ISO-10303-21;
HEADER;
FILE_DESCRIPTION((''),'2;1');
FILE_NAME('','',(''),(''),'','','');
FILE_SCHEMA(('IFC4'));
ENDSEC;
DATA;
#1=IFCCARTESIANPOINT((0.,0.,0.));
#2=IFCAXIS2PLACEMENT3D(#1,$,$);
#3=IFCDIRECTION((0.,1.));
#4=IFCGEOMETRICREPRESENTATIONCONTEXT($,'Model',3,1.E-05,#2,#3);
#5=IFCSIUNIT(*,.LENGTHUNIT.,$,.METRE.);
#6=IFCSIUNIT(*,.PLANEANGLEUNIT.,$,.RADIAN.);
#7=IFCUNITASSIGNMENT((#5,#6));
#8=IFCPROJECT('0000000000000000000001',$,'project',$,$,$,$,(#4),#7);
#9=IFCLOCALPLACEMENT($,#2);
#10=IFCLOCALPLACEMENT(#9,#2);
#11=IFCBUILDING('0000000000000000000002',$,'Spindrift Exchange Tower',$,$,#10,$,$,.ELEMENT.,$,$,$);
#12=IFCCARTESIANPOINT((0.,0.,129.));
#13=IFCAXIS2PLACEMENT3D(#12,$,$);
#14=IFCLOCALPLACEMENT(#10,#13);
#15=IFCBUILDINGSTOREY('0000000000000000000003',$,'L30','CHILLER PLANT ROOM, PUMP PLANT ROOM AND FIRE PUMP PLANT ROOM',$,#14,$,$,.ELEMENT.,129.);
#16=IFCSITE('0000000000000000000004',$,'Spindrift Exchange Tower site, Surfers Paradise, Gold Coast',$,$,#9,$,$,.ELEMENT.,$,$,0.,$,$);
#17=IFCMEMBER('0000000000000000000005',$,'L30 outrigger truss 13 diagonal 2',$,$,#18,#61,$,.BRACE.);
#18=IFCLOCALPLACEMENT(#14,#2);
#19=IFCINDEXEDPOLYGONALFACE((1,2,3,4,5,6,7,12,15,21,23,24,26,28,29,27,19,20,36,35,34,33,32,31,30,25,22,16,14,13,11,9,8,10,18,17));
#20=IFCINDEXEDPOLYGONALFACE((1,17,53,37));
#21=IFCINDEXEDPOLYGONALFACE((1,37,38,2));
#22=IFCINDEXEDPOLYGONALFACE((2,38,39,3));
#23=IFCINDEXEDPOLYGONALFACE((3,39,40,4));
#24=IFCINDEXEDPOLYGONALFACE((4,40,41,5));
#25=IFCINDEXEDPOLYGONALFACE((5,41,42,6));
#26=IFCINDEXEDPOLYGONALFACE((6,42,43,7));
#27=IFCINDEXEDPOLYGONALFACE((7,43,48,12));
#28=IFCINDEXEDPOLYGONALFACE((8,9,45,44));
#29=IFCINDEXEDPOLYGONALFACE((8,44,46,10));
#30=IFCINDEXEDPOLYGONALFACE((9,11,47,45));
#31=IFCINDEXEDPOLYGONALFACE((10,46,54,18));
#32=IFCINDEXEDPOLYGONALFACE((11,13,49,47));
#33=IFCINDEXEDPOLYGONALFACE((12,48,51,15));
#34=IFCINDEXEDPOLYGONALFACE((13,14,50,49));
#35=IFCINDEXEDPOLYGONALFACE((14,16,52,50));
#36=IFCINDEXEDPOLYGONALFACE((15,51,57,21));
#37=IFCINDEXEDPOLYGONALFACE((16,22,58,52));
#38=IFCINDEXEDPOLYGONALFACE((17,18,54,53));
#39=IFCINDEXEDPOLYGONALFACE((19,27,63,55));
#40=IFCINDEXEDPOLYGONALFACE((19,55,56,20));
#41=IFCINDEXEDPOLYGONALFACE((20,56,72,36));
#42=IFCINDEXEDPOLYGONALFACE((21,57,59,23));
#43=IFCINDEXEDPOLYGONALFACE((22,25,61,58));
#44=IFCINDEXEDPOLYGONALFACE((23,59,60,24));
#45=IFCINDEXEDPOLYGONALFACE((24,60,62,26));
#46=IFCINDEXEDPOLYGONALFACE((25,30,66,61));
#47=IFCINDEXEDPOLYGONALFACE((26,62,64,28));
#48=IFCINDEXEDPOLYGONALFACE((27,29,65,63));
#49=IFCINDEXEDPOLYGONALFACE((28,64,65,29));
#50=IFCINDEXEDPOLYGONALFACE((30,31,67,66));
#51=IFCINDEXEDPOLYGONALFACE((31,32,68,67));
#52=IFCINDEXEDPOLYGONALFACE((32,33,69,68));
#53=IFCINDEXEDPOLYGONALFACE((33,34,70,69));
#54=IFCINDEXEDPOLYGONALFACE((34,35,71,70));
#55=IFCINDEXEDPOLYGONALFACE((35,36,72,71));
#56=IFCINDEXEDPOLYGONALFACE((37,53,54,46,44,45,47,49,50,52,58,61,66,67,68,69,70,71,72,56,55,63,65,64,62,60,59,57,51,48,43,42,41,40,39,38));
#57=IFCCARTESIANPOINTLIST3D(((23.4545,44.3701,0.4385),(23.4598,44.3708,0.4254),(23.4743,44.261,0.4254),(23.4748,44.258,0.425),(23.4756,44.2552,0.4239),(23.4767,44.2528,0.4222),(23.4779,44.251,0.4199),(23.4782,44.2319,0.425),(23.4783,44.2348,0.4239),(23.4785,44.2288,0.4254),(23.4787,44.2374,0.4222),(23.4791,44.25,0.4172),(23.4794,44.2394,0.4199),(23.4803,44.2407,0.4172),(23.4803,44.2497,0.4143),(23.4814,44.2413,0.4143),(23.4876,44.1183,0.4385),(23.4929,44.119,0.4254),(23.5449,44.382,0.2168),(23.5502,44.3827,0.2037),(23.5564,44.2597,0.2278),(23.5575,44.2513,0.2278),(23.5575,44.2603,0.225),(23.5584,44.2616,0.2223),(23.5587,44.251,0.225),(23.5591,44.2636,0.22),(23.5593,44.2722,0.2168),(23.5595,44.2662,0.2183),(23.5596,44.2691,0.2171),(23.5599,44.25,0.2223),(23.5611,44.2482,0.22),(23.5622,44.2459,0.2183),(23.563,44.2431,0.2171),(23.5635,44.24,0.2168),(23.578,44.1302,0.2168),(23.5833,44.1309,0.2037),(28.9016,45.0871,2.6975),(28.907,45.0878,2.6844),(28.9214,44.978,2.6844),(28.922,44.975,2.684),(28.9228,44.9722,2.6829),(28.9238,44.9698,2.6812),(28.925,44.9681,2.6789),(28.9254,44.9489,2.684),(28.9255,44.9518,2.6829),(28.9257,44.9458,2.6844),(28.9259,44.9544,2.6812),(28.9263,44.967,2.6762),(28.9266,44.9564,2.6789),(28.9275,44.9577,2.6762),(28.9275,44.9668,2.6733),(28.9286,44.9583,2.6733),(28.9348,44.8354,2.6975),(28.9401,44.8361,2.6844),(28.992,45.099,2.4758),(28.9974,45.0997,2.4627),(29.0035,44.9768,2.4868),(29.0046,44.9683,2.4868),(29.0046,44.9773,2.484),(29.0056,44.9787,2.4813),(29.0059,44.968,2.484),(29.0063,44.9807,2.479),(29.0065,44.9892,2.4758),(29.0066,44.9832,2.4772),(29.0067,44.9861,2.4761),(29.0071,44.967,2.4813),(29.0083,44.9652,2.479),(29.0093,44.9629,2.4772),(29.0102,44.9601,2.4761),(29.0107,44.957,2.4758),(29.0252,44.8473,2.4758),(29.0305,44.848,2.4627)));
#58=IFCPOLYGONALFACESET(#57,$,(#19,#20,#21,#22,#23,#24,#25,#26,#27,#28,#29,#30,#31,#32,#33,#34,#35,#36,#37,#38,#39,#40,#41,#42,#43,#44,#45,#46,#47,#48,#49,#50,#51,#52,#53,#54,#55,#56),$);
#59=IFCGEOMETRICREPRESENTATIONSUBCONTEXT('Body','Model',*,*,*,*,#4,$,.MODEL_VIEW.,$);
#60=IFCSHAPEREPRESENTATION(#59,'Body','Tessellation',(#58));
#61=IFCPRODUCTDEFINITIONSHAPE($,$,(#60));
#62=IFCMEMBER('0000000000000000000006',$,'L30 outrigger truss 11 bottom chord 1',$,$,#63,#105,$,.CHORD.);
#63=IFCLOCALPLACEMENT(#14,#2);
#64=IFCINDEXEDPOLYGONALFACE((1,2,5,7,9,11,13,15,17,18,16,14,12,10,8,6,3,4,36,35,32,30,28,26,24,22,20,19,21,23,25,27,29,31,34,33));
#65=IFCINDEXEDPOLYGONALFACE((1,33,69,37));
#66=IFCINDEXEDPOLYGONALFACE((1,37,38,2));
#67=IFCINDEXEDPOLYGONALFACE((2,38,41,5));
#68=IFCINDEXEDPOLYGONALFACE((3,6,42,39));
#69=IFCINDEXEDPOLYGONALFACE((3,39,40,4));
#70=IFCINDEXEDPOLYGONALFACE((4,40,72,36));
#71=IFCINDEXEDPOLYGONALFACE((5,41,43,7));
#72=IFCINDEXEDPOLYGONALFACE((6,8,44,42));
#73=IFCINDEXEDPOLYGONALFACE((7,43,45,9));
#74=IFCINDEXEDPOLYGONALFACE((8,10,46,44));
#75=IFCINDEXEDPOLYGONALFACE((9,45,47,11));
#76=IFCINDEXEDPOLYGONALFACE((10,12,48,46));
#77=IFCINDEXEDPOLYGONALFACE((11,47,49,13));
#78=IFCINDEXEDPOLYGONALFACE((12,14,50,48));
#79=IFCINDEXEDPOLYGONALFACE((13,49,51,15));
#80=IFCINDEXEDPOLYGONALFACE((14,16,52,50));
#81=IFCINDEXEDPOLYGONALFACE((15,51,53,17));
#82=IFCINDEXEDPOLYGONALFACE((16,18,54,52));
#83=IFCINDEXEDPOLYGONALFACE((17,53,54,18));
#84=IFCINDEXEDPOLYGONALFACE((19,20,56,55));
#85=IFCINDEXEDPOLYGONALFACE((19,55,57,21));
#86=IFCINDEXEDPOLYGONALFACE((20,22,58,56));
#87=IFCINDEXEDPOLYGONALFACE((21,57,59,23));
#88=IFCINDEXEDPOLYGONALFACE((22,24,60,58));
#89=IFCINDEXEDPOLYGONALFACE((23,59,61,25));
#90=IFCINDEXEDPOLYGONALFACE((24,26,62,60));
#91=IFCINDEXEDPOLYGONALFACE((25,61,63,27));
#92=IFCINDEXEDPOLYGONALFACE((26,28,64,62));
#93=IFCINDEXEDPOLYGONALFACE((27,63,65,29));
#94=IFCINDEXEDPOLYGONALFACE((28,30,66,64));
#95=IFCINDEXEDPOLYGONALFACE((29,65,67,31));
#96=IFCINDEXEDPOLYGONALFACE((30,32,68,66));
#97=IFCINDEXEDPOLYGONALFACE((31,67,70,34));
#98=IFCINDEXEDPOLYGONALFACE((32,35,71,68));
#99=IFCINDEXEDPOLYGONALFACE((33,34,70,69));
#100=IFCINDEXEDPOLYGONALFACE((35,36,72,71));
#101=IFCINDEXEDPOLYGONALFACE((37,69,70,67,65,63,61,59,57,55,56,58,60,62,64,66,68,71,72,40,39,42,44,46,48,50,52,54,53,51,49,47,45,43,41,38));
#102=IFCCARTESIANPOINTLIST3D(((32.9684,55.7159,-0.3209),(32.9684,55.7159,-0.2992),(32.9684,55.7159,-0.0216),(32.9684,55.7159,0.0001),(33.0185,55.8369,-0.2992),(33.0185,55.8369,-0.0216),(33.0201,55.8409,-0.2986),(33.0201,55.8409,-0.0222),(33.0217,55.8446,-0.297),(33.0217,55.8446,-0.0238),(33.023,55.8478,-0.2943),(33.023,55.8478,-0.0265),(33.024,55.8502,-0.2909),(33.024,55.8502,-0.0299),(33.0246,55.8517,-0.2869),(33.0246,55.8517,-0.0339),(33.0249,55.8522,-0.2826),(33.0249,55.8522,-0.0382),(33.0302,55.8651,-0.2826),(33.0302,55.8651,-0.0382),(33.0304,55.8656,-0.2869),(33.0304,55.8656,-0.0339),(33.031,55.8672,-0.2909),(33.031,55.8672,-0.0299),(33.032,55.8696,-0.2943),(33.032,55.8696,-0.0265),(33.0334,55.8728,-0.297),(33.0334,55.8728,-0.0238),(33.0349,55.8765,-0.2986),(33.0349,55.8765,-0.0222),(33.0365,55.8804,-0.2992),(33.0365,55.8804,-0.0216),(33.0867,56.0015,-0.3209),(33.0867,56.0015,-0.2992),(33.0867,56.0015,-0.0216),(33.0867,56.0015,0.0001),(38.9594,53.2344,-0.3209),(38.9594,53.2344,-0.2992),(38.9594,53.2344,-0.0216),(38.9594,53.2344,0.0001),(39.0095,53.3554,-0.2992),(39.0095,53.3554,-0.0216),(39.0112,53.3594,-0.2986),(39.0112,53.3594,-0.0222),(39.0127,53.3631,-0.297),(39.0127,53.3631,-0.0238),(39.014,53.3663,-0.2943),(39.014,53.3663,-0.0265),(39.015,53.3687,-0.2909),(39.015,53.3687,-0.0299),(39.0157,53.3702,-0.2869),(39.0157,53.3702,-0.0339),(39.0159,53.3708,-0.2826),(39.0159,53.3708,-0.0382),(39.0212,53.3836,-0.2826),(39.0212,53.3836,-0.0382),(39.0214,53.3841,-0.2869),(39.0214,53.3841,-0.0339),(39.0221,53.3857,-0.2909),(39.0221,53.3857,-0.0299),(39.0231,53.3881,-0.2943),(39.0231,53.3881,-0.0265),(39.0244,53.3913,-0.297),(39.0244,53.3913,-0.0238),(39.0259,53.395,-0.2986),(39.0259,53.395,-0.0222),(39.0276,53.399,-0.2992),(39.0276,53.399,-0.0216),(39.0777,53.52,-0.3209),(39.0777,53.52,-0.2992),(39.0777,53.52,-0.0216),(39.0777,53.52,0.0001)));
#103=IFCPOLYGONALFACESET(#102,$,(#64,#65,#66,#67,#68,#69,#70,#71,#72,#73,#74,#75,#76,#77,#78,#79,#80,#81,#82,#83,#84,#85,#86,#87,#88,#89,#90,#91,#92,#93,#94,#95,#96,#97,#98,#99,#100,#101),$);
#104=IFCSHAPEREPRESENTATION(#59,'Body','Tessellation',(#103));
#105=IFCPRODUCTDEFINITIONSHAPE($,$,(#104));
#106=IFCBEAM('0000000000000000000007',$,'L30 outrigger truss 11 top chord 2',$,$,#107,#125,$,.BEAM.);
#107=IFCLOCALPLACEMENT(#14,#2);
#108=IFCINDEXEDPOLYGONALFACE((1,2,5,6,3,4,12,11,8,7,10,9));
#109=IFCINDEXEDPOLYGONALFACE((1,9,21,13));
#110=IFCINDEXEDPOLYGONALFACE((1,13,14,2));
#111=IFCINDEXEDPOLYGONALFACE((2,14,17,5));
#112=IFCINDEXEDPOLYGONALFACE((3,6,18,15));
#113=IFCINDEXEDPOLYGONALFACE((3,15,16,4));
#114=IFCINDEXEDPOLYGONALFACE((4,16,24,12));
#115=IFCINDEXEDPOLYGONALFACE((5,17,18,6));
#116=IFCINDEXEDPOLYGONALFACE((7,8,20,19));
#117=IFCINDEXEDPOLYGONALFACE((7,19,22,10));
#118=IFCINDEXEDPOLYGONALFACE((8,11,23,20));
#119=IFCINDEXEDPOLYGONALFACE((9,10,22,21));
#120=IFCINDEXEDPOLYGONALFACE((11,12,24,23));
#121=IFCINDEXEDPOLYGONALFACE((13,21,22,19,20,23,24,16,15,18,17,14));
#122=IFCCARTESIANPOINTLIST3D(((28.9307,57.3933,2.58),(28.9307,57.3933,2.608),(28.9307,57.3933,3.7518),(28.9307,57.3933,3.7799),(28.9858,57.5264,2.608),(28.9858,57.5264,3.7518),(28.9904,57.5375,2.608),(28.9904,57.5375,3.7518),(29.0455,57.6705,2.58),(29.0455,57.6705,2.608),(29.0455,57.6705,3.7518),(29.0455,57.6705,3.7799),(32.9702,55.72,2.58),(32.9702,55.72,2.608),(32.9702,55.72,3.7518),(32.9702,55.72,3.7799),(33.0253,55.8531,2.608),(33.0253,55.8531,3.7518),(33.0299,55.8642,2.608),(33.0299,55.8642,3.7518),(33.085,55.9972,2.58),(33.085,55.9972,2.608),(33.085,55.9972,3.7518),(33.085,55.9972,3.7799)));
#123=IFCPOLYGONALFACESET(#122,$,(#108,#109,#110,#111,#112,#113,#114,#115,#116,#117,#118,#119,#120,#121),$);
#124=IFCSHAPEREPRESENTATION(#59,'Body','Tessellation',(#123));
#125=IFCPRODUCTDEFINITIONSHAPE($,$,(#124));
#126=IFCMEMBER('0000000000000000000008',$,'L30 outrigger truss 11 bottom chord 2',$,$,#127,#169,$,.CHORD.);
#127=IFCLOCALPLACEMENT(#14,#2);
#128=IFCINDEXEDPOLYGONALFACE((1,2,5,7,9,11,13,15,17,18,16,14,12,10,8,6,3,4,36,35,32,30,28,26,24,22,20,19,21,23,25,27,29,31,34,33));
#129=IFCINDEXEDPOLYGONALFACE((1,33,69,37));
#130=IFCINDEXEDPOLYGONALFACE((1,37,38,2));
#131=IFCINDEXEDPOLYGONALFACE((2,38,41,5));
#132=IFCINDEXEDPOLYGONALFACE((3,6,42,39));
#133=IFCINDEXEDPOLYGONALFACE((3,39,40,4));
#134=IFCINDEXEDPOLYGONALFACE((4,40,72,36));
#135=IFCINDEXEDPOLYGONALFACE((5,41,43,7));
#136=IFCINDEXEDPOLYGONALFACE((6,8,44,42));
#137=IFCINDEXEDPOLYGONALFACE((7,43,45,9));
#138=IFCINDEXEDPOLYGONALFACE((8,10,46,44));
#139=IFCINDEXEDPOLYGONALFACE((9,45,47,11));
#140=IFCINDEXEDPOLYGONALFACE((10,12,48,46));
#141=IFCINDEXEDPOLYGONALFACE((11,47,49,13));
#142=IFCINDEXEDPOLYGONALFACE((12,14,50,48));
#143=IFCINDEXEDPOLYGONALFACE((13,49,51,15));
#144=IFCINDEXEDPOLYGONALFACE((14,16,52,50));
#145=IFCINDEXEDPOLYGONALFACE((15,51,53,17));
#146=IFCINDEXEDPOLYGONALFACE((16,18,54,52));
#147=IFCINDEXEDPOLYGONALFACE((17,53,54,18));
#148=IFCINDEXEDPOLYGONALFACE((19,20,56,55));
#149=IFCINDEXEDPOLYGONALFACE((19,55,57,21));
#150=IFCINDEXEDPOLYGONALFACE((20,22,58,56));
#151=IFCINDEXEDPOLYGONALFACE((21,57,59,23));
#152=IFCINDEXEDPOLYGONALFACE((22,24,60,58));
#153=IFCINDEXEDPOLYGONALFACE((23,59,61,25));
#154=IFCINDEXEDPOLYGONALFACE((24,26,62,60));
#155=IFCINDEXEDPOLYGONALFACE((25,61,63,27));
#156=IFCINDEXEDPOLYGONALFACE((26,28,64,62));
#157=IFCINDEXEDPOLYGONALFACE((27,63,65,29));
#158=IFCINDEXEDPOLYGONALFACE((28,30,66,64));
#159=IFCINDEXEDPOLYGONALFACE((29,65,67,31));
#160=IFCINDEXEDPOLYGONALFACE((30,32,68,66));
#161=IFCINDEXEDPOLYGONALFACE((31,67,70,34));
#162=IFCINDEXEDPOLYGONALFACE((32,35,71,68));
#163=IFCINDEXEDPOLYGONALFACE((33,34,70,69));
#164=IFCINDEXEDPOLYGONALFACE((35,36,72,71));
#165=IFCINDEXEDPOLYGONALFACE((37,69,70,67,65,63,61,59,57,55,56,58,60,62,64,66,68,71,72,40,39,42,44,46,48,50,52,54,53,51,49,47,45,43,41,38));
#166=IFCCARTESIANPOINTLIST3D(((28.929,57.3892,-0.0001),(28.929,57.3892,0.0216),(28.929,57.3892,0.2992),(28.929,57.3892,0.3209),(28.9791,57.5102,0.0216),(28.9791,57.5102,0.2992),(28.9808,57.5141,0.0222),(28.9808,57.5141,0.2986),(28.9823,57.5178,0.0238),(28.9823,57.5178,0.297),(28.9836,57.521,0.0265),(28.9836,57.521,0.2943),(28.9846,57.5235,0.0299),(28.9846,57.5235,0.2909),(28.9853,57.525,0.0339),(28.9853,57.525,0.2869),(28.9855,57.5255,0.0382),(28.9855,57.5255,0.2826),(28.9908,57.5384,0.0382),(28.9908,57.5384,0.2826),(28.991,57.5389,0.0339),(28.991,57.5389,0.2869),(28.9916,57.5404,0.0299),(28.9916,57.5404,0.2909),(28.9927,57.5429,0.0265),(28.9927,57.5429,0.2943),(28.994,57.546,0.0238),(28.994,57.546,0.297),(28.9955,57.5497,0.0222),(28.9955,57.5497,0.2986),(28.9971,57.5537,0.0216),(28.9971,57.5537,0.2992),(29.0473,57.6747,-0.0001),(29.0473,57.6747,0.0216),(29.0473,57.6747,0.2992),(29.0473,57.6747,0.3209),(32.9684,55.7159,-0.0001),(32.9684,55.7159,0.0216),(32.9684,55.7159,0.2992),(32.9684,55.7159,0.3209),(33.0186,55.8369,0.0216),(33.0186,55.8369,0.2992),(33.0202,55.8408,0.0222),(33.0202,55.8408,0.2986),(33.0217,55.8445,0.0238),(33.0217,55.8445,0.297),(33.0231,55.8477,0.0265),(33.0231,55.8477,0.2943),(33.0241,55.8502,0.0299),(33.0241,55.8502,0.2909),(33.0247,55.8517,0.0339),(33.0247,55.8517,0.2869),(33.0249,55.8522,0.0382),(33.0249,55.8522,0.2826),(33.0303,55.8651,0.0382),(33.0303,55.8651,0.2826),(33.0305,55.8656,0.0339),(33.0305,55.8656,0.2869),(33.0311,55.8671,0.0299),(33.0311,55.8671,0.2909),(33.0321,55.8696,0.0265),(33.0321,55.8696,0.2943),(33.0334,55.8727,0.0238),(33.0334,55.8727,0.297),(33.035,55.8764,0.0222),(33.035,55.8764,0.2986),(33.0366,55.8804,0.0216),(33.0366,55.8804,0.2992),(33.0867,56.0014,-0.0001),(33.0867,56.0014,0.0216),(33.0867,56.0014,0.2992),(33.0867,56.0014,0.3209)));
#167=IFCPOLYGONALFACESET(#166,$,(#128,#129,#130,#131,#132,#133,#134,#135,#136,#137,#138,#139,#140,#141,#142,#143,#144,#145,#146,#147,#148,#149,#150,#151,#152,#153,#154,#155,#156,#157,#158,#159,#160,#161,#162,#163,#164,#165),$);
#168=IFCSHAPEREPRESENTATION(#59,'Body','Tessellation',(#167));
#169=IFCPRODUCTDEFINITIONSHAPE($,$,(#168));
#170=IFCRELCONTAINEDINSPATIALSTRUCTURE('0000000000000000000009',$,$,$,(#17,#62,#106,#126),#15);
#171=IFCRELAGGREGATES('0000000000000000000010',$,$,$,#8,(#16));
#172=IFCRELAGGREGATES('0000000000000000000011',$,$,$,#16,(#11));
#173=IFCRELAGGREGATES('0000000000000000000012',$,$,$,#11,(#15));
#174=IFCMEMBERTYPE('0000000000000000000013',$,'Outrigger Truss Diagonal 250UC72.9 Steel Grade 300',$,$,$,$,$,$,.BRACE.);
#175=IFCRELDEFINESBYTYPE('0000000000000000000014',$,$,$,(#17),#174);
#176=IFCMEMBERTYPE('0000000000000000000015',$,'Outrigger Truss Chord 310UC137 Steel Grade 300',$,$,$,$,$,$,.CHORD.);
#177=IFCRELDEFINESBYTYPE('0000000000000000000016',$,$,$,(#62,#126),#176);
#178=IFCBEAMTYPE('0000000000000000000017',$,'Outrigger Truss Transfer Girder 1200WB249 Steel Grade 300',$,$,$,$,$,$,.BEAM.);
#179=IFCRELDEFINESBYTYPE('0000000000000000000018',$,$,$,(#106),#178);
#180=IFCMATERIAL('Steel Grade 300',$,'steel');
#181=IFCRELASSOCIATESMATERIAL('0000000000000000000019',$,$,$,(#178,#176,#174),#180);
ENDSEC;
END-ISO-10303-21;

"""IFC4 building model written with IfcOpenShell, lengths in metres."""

from ifc_helpers import new_model, si_unit, direction, frame, origin, origin_2d, place, context, subcontext, project, spatial, i_section, extrude, source, transform, mapped, material, material_profile, profile_set, type_object, element, save


model = new_model("IFC4")

# Units and contexts
model_context = context("Model", 3, precision=1e-05, world=origin(), true_north=direction((0.0, 1.0)))
body_context = subcontext(model_context, "Body", "Model", "MODEL_VIEW")
ifc_project = project(units=[si_unit("LENGTHUNIT", "METRE"), si_unit("PLANEANGLEUNIT", "RADIAN")], contexts=[model_context])

# Site, building, storey
site_placement = place(None, origin())
site = spatial("IfcSite", under=ifc_project, at=site_placement, Name="Spindrift Exchange Tower site, Surfers Paradise, Gold Coast", CompositionType="ELEMENT", RefElevation=0.0)
building_placement = place(site_placement, origin())
building = spatial("IfcBuilding", under=site, at=building_placement, Name="Spindrift Exchange Tower", CompositionType="ELEMENT")
storey_placement = place(building_placement, frame((0.0, 0.0, 129.0)))
storey = spatial("IfcBuildingStorey", under=building, at=storey_placement, Name="L30", Description="CHILLER PLANT ROOM, PUMP PLANT ROOM AND FIRE PUMP PLANT ROOM", CompositionType="ELEMENT", Elevation=129.0)

# Shared definitions
ifc_material_1 = material(Name="Steel Grade 300", Category="steel")
ifc_material_profile_1 = material_profile(ifc_material_1, i_section(OverallWidth=0.3, OverallDepth=1.2, WebThickness=0.012, FlangeThickness=0.0281, at=origin_2d()), Name="1200WB249")
ifc_profile_set_1 = profile_set([ifc_material_profile_1], Name="Steel Grade 300")
beam_type = type_object("IfcBeamType", Name="Outrigger Truss Transfer Girder 1200WB249 Steel Grade 300", PredefinedType="BEAM", material=ifc_profile_set_1)

# Members
ifc_material_profile_2 = material_profile(ifc_material_1, i_section(OverallWidth=0.3091, OverallDepth=0.321, WebThickness=0.0139, FlangeThickness=0.0217, FilletRadius=0.0166, at=origin_2d()), Name="310UC137")
ifc_profile_set_2 = profile_set([ifc_material_profile_2], Name="Steel Grade 300")
member_type_1 = type_object("IfcMemberType", Name="Outrigger Truss Chord 310UC137 Steel Grade 300", PredefinedType="CHORD", material=ifc_profile_set_2)
ifc_material_profile_3 = material_profile(ifc_material_1, i_section(OverallWidth=0.2539, OverallDepth=0.2539, WebThickness=0.0085, FlangeThickness=0.0142, FilletRadius=0.012, at=origin_2d()), Name="250UC72.9")
ifc_profile_set_3 = profile_set([ifc_material_profile_3], Name="Steel Grade 300")
member_type_2 = type_object("IfcMemberType", Name="Outrigger Truss Diagonal 250UC72.9 Steel Grade 300", PredefinedType="BRACE", material=ifc_profile_set_3)
shared_shape_1 = source(origin(), body_context, "Body", "SweptSolid", [
    extrude(i_section(OverallWidth=0.2539, OverallDepth=0.2539, WebThickness=0.0085, FlangeThickness=0.0142, FilletRadius=0.012, at=origin_2d()), origin(), (0.0, 0.0, 1.0), 5.9404),
])
member_1_placement = place(storey_placement, frame((28.9661, 44.9675, 2.5801), z_axis=(-0.916964, -0.120703, -0.380274), x_axis=(0.130507, -0.991447, 0.0)))
element("IfcMember", 1, at=member_1_placement, inside=storey, type_object=member_type_2, Name="L30 outrigger truss 13 diagonal 2", PredefinedType="BRACE", context=body_context, shape_type="MappedRepresentation", body=[
    mapped(shared_shape_1, transform((0.0, 0.0, 0.0), scale=1.0)),
])
shared_shape_2 = source(origin(), body_context, "Body", "SweptSolid", [
    extrude(i_section(OverallWidth=0.3091, OverallDepth=0.321, WebThickness=0.0139, FlangeThickness=0.0217, FilletRadius=0.0166, at=origin_2d()), origin(), (0.0, 0.0, 1.0), 6.4846),
])
member_2_placement = place(storey_placement, frame((39.0186, 53.3772, -0.1604), z_axis=(-0.923885, 0.382671, 0.0), x_axis=(-0.382671, -0.923885, 0.0)))
element("IfcMember", 2, at=member_2_placement, inside=storey, type_object=member_type_1, Name="L30 outrigger truss 11 bottom chord 1", PredefinedType="CHORD", context=body_context, shape_type="MappedRepresentation", body=[
    mapped(shared_shape_2, transform((0.0, 0.0, 0.0), scale=1.0)),
])

# Beam
shared_shape_3 = source(origin(), body_context, "Body", "SweptSolid", [
    extrude(i_section(OverallWidth=0.3, OverallDepth=1.2, WebThickness=0.012, FlangeThickness=0.0281, at=origin_2d()), origin(), (0.0, 0.0, 1.0), 4.3723),
])
beam_1_placement = place(storey_placement, frame((33.0276, 55.8586, 3.1799), z_axis=(-0.923871, 0.382704, 0.0), x_axis=(-0.382704, -0.923871, 0.0)))
element("IfcBeam", 3, at=beam_1_placement, inside=storey, type_object=beam_type, Name="L30 outrigger truss 11 top chord 2", PredefinedType="BEAM", context=body_context, shape_type="MappedRepresentation", body=[
    mapped(shared_shape_3, transform((0.0, 0.0, 0.0), scale=1.0)),
])

# Member
shared_shape_4 = source(origin(), body_context, "Body", "SweptSolid", [
    extrude(i_section(OverallWidth=0.3091, OverallDepth=0.321, WebThickness=0.0139, FlangeThickness=0.0217, FilletRadius=0.0166, at=origin_2d()), origin(), (0.0, 0.0, 1.0), 4.3723),
])
member_3_placement = place(storey_placement, frame((33.0276, 55.8586, 0.1604), z_axis=(-0.923871, 0.382704, 0.0), x_axis=(-0.382704, -0.923871, 0.0)))
element("IfcMember", 4, at=member_3_placement, inside=storey, type_object=member_type_1, Name="L30 outrigger truss 11 bottom chord 2", PredefinedType="CHORD", context=body_context, shape_type="MappedRepresentation", body=[
    mapped(shared_shape_4, transform((0.0, 0.0, 0.0), scale=1.0)),
])

save(model, "model.ifc")
